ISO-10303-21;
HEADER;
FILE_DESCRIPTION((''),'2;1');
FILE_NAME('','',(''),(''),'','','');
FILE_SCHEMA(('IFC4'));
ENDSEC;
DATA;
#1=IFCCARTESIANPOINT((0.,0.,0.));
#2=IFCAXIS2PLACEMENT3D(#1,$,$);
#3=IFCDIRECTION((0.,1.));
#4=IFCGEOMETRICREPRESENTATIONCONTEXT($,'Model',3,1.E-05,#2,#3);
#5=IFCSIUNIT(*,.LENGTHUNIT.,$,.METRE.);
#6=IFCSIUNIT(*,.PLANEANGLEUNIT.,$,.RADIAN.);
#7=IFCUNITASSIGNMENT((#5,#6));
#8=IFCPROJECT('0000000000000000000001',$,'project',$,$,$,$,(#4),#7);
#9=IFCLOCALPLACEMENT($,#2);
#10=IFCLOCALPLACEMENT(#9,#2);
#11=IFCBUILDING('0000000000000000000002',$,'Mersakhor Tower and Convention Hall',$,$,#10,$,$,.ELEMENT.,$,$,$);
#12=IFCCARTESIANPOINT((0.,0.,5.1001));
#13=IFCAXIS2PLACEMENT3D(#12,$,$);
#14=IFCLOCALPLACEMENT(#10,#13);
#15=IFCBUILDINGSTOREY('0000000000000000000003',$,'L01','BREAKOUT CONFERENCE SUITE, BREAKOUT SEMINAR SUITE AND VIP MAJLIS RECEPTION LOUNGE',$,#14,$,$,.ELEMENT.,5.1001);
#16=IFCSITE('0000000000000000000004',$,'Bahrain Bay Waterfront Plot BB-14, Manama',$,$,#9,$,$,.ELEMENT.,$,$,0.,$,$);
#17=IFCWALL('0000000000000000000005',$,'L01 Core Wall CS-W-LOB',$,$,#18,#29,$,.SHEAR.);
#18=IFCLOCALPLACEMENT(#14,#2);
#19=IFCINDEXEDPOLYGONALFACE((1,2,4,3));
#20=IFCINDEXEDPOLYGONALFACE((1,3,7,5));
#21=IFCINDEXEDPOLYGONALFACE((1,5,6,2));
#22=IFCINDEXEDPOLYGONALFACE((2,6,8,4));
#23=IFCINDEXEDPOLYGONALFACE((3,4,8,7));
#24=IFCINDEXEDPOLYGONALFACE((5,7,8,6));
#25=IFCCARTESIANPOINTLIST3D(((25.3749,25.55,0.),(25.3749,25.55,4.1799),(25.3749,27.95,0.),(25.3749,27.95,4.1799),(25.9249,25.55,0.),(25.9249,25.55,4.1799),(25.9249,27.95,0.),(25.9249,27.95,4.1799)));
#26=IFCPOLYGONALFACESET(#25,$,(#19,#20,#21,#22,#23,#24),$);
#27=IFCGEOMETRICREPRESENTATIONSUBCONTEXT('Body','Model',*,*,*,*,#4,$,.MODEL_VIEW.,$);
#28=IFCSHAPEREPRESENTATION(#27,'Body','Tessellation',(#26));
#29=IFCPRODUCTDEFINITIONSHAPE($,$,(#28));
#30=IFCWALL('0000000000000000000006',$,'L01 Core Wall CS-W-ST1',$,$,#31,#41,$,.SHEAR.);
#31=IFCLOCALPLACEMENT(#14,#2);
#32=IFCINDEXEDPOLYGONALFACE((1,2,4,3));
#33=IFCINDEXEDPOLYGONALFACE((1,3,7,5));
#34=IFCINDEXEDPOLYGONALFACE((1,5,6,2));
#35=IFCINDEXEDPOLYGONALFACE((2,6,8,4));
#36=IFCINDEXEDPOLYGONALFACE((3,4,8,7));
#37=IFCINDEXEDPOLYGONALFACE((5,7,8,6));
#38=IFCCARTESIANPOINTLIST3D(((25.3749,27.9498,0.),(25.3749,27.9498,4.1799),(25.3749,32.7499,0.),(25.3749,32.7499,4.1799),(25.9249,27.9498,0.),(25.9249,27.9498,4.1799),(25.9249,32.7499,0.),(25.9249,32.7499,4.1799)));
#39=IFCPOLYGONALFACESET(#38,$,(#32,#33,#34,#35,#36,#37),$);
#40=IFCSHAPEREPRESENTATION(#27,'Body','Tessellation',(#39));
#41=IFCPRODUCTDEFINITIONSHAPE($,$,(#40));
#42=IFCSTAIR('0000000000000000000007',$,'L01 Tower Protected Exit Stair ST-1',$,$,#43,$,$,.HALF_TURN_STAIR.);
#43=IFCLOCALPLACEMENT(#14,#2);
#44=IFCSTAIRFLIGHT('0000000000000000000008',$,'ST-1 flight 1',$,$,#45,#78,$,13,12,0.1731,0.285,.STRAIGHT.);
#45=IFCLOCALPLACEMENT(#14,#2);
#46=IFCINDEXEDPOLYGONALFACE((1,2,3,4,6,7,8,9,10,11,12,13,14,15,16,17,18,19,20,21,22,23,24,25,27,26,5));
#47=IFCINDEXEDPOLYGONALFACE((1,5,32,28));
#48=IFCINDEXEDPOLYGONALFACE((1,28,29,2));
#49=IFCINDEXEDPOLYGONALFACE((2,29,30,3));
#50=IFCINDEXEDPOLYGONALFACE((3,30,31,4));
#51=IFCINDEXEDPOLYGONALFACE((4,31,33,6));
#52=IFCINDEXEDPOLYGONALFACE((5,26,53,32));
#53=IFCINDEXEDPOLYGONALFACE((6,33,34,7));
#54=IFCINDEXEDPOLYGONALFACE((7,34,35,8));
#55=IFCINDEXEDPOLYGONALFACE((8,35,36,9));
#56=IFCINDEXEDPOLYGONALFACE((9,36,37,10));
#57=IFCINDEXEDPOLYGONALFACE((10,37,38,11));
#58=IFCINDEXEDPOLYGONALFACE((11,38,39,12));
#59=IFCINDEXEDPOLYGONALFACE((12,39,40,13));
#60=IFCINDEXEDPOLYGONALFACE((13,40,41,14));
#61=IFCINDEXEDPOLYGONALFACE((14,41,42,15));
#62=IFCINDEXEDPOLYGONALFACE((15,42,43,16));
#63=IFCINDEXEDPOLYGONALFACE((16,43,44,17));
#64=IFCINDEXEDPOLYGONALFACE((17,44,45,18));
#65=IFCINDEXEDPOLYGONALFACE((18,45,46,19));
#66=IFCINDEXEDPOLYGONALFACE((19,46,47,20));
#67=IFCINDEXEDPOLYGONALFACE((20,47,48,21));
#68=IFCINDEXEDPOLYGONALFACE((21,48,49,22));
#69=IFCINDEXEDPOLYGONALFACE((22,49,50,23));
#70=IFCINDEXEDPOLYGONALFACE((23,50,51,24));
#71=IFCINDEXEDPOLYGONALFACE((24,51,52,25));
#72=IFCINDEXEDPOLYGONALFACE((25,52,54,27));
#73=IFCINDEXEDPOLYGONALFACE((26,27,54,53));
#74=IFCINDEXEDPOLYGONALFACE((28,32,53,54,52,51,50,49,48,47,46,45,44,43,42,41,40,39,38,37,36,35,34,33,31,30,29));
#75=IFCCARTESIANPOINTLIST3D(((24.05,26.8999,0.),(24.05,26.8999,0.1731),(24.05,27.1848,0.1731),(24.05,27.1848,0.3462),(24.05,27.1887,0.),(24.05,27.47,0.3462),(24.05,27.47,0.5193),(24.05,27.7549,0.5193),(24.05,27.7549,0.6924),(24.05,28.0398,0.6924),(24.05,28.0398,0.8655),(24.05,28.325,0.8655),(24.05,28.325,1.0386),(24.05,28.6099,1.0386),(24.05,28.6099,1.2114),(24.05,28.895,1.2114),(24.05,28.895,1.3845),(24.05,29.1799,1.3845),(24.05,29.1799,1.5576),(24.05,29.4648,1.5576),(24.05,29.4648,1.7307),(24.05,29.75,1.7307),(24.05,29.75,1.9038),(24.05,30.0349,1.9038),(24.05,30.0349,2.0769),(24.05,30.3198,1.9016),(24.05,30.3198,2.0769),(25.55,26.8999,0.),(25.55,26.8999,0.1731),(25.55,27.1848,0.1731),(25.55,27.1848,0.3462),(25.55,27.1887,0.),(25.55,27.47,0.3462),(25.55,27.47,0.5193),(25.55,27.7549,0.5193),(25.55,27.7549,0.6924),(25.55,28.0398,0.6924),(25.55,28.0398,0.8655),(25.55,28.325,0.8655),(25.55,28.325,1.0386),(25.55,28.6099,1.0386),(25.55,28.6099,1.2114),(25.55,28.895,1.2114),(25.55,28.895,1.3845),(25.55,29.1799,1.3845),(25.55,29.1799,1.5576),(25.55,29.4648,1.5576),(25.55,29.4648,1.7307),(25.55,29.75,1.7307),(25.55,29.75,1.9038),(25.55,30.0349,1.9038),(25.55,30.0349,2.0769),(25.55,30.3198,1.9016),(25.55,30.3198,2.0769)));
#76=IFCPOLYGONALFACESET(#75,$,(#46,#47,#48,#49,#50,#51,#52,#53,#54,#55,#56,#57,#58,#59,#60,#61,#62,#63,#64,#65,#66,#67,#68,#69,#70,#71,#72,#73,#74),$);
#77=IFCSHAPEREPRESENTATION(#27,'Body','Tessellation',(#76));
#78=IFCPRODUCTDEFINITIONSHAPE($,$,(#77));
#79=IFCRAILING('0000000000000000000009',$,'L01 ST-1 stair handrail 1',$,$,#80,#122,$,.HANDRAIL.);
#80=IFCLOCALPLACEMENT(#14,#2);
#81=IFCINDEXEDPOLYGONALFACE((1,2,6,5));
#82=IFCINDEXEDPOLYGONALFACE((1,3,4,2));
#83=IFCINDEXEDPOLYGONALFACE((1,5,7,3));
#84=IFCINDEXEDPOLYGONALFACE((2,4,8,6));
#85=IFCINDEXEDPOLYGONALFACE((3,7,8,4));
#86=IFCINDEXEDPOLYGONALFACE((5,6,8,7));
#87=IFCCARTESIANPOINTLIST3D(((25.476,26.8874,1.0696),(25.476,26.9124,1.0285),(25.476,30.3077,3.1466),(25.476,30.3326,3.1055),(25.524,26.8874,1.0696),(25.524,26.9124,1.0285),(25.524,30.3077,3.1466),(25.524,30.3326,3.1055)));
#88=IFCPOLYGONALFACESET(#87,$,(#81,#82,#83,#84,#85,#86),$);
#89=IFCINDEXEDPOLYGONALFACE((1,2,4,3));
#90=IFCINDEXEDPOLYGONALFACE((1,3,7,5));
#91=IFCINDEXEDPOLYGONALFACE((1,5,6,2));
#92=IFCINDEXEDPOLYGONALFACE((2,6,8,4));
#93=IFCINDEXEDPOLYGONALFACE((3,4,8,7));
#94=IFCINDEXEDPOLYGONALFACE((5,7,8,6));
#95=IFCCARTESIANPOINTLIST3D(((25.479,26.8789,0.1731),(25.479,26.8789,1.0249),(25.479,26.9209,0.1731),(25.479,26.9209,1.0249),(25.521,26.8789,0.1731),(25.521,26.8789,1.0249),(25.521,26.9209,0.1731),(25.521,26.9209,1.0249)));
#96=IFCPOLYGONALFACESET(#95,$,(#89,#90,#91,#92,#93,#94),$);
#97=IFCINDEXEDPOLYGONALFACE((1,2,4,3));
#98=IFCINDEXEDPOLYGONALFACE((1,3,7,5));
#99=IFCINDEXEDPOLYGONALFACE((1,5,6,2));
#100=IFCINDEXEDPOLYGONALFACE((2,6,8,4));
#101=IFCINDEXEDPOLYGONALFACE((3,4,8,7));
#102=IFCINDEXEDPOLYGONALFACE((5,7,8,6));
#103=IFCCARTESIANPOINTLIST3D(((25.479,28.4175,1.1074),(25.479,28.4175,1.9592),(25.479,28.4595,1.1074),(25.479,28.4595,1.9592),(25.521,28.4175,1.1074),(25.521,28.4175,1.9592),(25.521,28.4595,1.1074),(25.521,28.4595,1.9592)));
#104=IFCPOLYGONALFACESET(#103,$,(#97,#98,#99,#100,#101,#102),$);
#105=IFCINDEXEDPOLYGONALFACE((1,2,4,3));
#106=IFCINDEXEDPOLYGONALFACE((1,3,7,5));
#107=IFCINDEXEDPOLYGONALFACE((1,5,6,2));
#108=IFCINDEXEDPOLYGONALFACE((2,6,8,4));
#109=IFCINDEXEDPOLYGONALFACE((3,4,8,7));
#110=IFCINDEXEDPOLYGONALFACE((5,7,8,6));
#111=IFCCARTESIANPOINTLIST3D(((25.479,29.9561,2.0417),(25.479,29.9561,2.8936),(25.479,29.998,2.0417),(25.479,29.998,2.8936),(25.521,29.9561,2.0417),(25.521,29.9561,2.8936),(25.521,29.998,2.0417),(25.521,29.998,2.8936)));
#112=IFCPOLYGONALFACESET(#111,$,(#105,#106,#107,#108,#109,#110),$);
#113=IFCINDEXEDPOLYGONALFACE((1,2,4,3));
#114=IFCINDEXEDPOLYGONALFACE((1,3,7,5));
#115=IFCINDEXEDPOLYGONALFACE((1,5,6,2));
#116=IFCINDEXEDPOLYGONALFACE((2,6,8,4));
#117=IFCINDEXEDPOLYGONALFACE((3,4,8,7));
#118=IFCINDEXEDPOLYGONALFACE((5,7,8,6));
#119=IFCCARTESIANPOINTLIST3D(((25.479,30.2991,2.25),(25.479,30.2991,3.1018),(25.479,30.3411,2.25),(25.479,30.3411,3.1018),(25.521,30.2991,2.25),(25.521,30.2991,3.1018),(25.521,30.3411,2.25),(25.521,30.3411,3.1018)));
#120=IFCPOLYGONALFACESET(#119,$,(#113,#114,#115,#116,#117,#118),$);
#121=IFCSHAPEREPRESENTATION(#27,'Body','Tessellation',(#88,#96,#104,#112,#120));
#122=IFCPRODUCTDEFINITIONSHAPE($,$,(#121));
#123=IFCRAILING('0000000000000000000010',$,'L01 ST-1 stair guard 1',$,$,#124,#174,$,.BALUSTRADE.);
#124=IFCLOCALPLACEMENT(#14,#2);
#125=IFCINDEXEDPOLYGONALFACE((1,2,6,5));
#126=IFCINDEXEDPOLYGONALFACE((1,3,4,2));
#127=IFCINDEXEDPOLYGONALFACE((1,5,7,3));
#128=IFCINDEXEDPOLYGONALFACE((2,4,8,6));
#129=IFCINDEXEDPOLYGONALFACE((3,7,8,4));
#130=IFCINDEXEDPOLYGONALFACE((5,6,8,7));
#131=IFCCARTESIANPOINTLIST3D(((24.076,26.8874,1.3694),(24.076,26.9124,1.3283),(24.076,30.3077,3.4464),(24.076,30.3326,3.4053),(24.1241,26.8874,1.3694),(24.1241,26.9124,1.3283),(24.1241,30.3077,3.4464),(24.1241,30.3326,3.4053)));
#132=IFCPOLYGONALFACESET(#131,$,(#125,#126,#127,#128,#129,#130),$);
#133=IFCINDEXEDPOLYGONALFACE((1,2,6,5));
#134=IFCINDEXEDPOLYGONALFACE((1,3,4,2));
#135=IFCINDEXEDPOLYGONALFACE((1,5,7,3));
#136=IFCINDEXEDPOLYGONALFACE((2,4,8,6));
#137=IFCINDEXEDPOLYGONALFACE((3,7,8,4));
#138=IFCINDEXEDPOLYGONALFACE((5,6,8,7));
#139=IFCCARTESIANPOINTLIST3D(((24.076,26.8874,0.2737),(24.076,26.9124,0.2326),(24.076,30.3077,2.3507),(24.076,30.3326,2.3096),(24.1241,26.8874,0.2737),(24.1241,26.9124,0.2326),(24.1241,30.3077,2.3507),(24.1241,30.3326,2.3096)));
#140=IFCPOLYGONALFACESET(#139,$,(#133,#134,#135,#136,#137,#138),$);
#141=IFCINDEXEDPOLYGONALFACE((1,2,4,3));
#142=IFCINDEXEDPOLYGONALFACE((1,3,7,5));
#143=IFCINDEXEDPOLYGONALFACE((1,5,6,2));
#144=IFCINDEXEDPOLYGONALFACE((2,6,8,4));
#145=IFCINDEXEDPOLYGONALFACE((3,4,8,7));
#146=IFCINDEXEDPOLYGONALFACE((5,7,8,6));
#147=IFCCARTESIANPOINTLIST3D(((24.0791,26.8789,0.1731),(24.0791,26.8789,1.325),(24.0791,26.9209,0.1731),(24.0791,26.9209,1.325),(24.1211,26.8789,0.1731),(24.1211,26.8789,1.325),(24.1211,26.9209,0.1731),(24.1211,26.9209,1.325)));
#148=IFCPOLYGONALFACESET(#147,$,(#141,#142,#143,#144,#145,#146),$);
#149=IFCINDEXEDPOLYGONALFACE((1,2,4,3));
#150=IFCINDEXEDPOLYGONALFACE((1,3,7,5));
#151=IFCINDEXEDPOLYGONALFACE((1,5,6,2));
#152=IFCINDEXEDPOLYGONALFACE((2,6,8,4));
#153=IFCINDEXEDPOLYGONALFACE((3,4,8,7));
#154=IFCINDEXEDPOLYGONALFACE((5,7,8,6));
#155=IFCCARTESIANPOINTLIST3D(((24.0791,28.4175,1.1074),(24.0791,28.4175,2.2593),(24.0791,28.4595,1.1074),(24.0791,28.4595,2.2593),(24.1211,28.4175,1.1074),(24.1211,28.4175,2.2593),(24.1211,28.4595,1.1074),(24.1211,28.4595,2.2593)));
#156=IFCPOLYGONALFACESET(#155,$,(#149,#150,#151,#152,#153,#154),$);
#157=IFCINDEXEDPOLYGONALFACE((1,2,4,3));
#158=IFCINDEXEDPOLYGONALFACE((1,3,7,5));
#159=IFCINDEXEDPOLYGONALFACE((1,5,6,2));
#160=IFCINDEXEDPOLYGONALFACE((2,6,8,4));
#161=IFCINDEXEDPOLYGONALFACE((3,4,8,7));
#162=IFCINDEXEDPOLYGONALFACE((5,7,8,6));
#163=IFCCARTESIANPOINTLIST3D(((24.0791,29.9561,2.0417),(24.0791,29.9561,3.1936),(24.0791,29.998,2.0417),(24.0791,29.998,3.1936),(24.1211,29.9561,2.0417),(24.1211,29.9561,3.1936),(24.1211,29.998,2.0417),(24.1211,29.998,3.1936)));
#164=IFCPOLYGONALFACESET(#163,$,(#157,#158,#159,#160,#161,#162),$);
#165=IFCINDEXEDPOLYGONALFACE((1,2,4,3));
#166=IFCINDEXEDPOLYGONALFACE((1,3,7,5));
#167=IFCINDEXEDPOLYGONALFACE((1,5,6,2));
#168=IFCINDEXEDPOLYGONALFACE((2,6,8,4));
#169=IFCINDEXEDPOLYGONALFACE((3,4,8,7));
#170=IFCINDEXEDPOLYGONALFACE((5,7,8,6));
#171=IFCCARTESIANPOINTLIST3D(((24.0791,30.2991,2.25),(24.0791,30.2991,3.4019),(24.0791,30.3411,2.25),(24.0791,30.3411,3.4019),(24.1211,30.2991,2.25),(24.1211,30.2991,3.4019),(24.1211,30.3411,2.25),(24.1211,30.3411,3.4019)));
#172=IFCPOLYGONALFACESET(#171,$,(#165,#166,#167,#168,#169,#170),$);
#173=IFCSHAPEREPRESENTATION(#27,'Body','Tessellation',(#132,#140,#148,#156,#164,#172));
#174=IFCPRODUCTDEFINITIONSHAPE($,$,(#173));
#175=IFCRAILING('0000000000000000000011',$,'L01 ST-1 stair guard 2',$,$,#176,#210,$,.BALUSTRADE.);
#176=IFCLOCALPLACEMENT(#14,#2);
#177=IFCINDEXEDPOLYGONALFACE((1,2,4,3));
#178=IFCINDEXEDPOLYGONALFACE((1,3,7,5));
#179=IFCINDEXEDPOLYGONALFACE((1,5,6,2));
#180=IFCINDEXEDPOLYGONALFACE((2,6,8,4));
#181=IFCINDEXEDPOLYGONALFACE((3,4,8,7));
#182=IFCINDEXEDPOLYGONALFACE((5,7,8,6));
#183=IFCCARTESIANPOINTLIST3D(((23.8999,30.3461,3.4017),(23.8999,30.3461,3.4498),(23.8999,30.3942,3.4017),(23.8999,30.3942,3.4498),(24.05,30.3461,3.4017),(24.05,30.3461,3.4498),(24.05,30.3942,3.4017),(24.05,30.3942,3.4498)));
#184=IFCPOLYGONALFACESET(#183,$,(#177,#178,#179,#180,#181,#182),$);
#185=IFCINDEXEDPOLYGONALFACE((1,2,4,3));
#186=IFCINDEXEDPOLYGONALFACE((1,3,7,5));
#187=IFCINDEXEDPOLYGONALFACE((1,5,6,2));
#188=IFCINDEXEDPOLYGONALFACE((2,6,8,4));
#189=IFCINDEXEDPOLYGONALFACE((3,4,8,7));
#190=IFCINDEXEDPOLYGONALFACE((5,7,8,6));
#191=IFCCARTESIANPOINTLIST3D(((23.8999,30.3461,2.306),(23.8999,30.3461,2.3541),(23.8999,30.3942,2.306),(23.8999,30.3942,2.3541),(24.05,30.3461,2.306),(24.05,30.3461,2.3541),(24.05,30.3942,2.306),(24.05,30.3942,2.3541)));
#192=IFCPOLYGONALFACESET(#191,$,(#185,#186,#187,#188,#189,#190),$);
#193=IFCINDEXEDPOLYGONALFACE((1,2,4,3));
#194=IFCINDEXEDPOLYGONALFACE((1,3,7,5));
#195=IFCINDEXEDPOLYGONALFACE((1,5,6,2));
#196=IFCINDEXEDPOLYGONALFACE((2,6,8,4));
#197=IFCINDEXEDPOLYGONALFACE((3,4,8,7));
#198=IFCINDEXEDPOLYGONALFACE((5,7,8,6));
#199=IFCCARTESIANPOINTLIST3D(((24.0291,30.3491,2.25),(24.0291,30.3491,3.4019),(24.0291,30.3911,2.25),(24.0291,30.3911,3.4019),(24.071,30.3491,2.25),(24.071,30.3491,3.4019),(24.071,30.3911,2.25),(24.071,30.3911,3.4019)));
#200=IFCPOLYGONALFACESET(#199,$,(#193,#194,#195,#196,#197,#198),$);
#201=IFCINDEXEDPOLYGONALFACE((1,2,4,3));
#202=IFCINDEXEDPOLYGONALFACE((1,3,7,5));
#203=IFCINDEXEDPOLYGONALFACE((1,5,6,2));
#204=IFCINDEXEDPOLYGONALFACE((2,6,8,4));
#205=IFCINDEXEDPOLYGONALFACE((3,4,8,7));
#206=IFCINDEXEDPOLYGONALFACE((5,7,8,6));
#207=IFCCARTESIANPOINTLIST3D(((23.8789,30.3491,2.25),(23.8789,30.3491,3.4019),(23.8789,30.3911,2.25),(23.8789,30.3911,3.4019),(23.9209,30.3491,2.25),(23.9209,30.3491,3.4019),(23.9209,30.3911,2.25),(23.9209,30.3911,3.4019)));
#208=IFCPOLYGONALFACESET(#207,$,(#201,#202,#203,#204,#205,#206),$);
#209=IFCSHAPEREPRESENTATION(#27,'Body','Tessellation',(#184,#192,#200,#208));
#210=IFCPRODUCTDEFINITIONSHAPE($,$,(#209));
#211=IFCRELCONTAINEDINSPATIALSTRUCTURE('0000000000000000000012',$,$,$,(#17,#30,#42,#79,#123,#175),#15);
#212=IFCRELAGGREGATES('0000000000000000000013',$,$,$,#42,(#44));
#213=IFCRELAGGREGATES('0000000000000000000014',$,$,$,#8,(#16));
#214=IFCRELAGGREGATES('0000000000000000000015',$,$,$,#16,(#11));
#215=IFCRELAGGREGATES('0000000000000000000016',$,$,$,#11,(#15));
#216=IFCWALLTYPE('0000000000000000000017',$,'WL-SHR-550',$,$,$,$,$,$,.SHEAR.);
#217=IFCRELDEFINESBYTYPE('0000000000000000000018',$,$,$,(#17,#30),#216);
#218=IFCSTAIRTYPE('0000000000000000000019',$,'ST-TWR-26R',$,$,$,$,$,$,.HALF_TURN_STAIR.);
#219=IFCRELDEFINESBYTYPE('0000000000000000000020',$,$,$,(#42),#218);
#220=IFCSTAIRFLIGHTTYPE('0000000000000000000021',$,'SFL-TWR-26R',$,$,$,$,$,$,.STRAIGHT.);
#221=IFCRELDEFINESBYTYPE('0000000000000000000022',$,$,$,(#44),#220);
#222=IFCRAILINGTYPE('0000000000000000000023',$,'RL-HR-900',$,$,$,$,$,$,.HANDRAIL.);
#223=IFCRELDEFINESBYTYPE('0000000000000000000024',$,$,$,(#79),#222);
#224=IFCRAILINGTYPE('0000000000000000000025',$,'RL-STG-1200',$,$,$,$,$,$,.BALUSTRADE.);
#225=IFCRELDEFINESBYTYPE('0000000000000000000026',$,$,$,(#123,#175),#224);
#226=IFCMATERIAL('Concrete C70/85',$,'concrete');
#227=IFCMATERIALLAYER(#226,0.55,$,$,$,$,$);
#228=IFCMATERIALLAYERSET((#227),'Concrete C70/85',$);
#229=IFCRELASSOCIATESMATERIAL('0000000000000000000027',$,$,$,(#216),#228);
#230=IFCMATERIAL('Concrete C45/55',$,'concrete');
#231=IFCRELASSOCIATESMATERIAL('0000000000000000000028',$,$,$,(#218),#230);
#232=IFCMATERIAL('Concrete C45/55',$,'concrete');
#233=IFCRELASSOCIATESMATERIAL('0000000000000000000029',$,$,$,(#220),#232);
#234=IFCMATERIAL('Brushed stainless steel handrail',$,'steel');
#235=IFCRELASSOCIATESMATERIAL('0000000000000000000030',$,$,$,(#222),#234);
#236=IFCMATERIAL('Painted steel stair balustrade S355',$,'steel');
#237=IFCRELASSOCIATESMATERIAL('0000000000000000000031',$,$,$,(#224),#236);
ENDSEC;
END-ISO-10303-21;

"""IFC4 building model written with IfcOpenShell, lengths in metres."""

from ifc_helpers import new_model, si_unit, direction, frame, frame_2d, origin, origin_2d, place, context, subcontext, project, spatial, polyline, rectangle, outline, extrude, material, layer, layer_set, type_object, element, aggregate, save


model = new_model("IFC4")

# Units and contexts
model_context = context("Model", 3, precision=1e-05, world=origin(), true_north=direction((0.0, 1.0)))
body_context = subcontext(model_context, "Body", "Model", "MODEL_VIEW")
ifc_project = project(units=[si_unit("LENGTHUNIT", "METRE"), si_unit("PLANEANGLEUNIT", "RADIAN")], contexts=[model_context])

# Site, building, storey
site_placement = place(None, origin())
site = spatial("IfcSite", under=ifc_project, at=site_placement, Name="Bahrain Bay Waterfront Plot BB-14, Manama", CompositionType="ELEMENT", RefElevation=0.0)
building_placement = place(site_placement, origin())
building = spatial("IfcBuilding", under=site, at=building_placement, Name="Mersakhor Tower and Convention Hall", CompositionType="ELEMENT")
storey_placement = place(building_placement, frame((0.0, 0.0, 5.1001)))
storey = spatial("IfcBuildingStorey", under=building, at=storey_placement, Name="L01", Description="BREAKOUT CONFERENCE SUITE, BREAKOUT SEMINAR SUITE AND VIP MAJLIS RECEPTION LOUNGE", CompositionType="ELEMENT", Elevation=5.1001)

# Shared definitions
ifc_material_1 = material(Name="Concrete C70/85", Category="concrete")
ifc_layer_1 = layer(ifc_material_1, 0.55)
ifc_layer_set_1 = layer_set([ifc_layer_1], Name="Concrete C70/85")
wall_type_1 = type_object("IfcWallType", Name="WL-SHR-550", PredefinedType="SHEAR", material=ifc_layer_set_1)

# Walls
wall_1_placement = place(storey_placement, frame((25.6499, 25.55, 0.0), z_axis=(0.0, 0.0, 1.0), x_axis=(0.0, 1.0, 0.0)))
element("IfcWall", 1, at=wall_1_placement, inside=storey, type_object=wall_type_1, Name="L01 Core Wall CS-W-LOB", PredefinedType="SHEAR", context=body_context, shape_type="SweptSolid", body=[
    extrude(rectangle(XDim=2.3999, YDim=0.55, at=frame_2d((1.2, 0.0))), origin(), (0.0, 0.0, 1.0), 4.1799),
])
wall_2_placement = place(storey_placement, frame((25.6499, 27.95, 0.0), z_axis=(0.0, 0.0, 1.0), x_axis=(0.0, 1.0, 0.0)))
element("IfcWall", 2, at=wall_2_placement, inside=storey, type_object=wall_type_1, Name="L01 Core Wall CS-W-ST1", PredefinedType="SHEAR", context=body_context, shape_type="SweptSolid", body=[
    extrude(rectangle(XDim=4.8, YDim=0.55, at=frame_2d((2.3999, 0.0))), origin(), (0.0, 0.0, 1.0), 4.1799),
])

# Stair, stair flight
ifc_material_2 = material(Name="Concrete C45/55", Category="concrete")
stair_type = type_object("IfcStairType", Name="ST-TWR-26R", PredefinedType="HALF_TURN_STAIR", material=ifc_material_2)
stair_placement = place(storey_placement, origin())
stair = element("IfcStair", 3, at=stair_placement, inside=storey, type_object=stair_type, Name="L01 Tower Protected Exit Stair ST-1", PredefinedType="HALF_TURN_STAIR")
ifc_material_3 = material(Name="Concrete C45/55", Category="concrete")
stair_flight_type = type_object("IfcStairFlightType", Name="SFL-TWR-26R", PredefinedType="STRAIGHT", material=ifc_material_3)
stair_flight_placement = place(storey_placement, frame((24.8, 26.8999, 0.0), z_axis=(0.0, 0.0, 1.0), x_axis=(0.0, 1.0, 0.0)))
stair_flight = element("IfcStairFlight", 4, at=stair_flight_placement, type_object=stair_flight_type, Name="ST-1 flight 1", NumberOfRisers=13, NumberOfTreads=12, PredefinedType="STRAIGHT", RiserHeight=0.1731, TreadLength=0.285, context=body_context, shape_type="SweptSolid", body=[
    extrude(outline(polyline([(0.0, 0.0), (0.0, 0.1731), (0.2849, 0.1731), (0.2849, 0.3462), (0.5701, 0.3462), (0.5701, 0.5193), (0.855, 0.5193), (0.855, 0.6924), (1.1399, 0.6924), (1.1399, 0.8655), (1.425, 0.8655), (1.425, 1.0386), (1.71, 1.0386), (1.71, 1.2114), (1.9951, 1.2114), (1.9951, 1.3845), (2.28, 1.3845), (2.28, 1.5576), (2.5649, 1.5576), (2.5649, 1.7307), (2.8501, 1.7307), (2.8501, 1.9038), (3.135, 1.9038), (3.135, 2.0769), (3.4199, 2.0769), (3.4199, 2.25), (3.4199, 1.9016), (0.2888, 0.0), (0.0, 0.0)])), frame((0.0, 0.75, 0.0), z_axis=(0.0, -1.0, 0.0), x_axis=(1.0, 0.0, 0.0)), (0.0, 0.0, 1.0), 1.5),
])
aggregate(stair, [stair_flight])

# Railings
ifc_material_4 = material(Name="Brushed stainless steel handrail", Category="steel")
railing_type_1 = type_object("IfcRailingType", Name="RL-HR-900", PredefinedType="HANDRAIL", material=ifc_material_4)
railing_1_placement = place(storey_placement, frame((25.5, 26.8999, 0.1731)))
element("IfcRailing", 5, at=railing_1_placement, inside=storey, type_object=railing_type_1, Name="L01 ST-1 stair handrail 1", PredefinedType="HANDRAIL", context=body_context, shape_type="SweptSolid", body=[
    extrude(rectangle(XDim=0.0481, YDim=0.0481, at=origin_2d()), frame((0.0, 0.0, 0.876), z_axis=(0.0, 0.854746, 0.519047), x_axis=(-1.0, 0.0, 0.0)), (0.0, 0.0, 1.0), 4.0015),
    extrude(rectangle(XDim=0.042, YDim=0.042, at=origin_2d()), origin(), (0.0, 0.0, 1.0), 0.8518),
    extrude(rectangle(XDim=0.042, YDim=0.042, at=origin_2d()), frame((0.0, 1.5386, 0.9343)), (0.0, 0.0, 1.0), 0.8518),
    extrude(rectangle(XDim=0.042, YDim=0.042, at=origin_2d()), frame((0.0, 3.0771, 1.8687)), (0.0, 0.0, 1.0), 0.8518),
    extrude(rectangle(XDim=0.042, YDim=0.042, at=origin_2d()), frame((0.0, 3.4202, 2.0769)), (0.0, 0.0, 1.0), 0.8518),
])
ifc_material_5 = material(Name="Painted steel stair balustrade S355", Category="steel")
railing_type_2 = type_object("IfcRailingType", Name="RL-STG-1200", PredefinedType="BALUSTRADE", material=ifc_material_5)
railing_2_placement = place(storey_placement, frame((24.1001, 26.8999, 0.1731)))
element("IfcRailing", 6, at=railing_2_placement, inside=storey, type_object=railing_type_2, Name="L01 ST-1 stair guard 1", PredefinedType="BALUSTRADE", context=body_context, shape_type="SweptSolid", body=[
    extrude(rectangle(XDim=0.0481, YDim=0.0481, at=origin_2d()), frame((0.0, 0.0, 1.1758), z_axis=(0.0, 0.854746, 0.519047), x_axis=(-1.0, 0.0, 0.0)), (0.0, 0.0, 1.0), 4.0015),
    extrude(rectangle(XDim=0.0481, YDim=0.0481, at=origin_2d()), frame((0.0, 0.0, 0.0801), z_axis=(0.0, 0.854746, 0.519047), x_axis=(-1.0, 0.0, 0.0)), (0.0, 0.0, 1.0), 4.0015),
    extrude(rectangle(XDim=0.042, YDim=0.042, at=origin_2d()), origin(), (0.0, 0.0, 1.0), 1.1519),
    extrude(rectangle(XDim=0.042, YDim=0.042, at=origin_2d()), frame((0.0, 1.5386, 0.9343)), (0.0, 0.0, 1.0), 1.1519),
    extrude(rectangle(XDim=0.042, YDim=0.042, at=origin_2d()), frame((0.0, 3.0771, 1.8687)), (0.0, 0.0, 1.0), 1.1519),
    extrude(rectangle(XDim=0.042, YDim=0.042, at=origin_2d()), frame((0.0, 3.4202, 2.0769)), (0.0, 0.0, 1.0), 1.1519),
])
for number, where, name in (
    (7, (24.05, 30.3701, 2.25), "L01 ST-1 stair guard 2"),
):
    element("IfcRailing", number, at=place(storey_placement, frame(where)), inside=storey, type_object=railing_type_2, Name=name, PredefinedType="BALUSTRADE", context=body_context, shape_type="SweptSolid", body=[
        extrude(rectangle(XDim=0.0481, YDim=0.0481, at=origin_2d()), frame((0.0, 0.0, 1.1758), z_axis=(-1.0, 0.0, 0.0), x_axis=(0.0, -1.0, 0.0)), (0.0, 0.0, 1.0), 0.1501),
        extrude(rectangle(XDim=0.0481, YDim=0.0481, at=origin_2d()), frame((0.0, 0.0, 0.0801), z_axis=(-1.0, 0.0, 0.0), x_axis=(0.0, -1.0, 0.0)), (0.0, 0.0, 1.0), 0.1501),
        extrude(rectangle(XDim=0.042, YDim=0.042, at=origin_2d()), origin(), (0.0, 0.0, 1.0), 1.1519),
        extrude(rectangle(XDim=0.042, YDim=0.042, at=origin_2d()), frame((-0.1501, 0.0, 0.0)), (0.0, 0.0, 1.0), 1.1519),
    ])

save(model, "model.ifc")
